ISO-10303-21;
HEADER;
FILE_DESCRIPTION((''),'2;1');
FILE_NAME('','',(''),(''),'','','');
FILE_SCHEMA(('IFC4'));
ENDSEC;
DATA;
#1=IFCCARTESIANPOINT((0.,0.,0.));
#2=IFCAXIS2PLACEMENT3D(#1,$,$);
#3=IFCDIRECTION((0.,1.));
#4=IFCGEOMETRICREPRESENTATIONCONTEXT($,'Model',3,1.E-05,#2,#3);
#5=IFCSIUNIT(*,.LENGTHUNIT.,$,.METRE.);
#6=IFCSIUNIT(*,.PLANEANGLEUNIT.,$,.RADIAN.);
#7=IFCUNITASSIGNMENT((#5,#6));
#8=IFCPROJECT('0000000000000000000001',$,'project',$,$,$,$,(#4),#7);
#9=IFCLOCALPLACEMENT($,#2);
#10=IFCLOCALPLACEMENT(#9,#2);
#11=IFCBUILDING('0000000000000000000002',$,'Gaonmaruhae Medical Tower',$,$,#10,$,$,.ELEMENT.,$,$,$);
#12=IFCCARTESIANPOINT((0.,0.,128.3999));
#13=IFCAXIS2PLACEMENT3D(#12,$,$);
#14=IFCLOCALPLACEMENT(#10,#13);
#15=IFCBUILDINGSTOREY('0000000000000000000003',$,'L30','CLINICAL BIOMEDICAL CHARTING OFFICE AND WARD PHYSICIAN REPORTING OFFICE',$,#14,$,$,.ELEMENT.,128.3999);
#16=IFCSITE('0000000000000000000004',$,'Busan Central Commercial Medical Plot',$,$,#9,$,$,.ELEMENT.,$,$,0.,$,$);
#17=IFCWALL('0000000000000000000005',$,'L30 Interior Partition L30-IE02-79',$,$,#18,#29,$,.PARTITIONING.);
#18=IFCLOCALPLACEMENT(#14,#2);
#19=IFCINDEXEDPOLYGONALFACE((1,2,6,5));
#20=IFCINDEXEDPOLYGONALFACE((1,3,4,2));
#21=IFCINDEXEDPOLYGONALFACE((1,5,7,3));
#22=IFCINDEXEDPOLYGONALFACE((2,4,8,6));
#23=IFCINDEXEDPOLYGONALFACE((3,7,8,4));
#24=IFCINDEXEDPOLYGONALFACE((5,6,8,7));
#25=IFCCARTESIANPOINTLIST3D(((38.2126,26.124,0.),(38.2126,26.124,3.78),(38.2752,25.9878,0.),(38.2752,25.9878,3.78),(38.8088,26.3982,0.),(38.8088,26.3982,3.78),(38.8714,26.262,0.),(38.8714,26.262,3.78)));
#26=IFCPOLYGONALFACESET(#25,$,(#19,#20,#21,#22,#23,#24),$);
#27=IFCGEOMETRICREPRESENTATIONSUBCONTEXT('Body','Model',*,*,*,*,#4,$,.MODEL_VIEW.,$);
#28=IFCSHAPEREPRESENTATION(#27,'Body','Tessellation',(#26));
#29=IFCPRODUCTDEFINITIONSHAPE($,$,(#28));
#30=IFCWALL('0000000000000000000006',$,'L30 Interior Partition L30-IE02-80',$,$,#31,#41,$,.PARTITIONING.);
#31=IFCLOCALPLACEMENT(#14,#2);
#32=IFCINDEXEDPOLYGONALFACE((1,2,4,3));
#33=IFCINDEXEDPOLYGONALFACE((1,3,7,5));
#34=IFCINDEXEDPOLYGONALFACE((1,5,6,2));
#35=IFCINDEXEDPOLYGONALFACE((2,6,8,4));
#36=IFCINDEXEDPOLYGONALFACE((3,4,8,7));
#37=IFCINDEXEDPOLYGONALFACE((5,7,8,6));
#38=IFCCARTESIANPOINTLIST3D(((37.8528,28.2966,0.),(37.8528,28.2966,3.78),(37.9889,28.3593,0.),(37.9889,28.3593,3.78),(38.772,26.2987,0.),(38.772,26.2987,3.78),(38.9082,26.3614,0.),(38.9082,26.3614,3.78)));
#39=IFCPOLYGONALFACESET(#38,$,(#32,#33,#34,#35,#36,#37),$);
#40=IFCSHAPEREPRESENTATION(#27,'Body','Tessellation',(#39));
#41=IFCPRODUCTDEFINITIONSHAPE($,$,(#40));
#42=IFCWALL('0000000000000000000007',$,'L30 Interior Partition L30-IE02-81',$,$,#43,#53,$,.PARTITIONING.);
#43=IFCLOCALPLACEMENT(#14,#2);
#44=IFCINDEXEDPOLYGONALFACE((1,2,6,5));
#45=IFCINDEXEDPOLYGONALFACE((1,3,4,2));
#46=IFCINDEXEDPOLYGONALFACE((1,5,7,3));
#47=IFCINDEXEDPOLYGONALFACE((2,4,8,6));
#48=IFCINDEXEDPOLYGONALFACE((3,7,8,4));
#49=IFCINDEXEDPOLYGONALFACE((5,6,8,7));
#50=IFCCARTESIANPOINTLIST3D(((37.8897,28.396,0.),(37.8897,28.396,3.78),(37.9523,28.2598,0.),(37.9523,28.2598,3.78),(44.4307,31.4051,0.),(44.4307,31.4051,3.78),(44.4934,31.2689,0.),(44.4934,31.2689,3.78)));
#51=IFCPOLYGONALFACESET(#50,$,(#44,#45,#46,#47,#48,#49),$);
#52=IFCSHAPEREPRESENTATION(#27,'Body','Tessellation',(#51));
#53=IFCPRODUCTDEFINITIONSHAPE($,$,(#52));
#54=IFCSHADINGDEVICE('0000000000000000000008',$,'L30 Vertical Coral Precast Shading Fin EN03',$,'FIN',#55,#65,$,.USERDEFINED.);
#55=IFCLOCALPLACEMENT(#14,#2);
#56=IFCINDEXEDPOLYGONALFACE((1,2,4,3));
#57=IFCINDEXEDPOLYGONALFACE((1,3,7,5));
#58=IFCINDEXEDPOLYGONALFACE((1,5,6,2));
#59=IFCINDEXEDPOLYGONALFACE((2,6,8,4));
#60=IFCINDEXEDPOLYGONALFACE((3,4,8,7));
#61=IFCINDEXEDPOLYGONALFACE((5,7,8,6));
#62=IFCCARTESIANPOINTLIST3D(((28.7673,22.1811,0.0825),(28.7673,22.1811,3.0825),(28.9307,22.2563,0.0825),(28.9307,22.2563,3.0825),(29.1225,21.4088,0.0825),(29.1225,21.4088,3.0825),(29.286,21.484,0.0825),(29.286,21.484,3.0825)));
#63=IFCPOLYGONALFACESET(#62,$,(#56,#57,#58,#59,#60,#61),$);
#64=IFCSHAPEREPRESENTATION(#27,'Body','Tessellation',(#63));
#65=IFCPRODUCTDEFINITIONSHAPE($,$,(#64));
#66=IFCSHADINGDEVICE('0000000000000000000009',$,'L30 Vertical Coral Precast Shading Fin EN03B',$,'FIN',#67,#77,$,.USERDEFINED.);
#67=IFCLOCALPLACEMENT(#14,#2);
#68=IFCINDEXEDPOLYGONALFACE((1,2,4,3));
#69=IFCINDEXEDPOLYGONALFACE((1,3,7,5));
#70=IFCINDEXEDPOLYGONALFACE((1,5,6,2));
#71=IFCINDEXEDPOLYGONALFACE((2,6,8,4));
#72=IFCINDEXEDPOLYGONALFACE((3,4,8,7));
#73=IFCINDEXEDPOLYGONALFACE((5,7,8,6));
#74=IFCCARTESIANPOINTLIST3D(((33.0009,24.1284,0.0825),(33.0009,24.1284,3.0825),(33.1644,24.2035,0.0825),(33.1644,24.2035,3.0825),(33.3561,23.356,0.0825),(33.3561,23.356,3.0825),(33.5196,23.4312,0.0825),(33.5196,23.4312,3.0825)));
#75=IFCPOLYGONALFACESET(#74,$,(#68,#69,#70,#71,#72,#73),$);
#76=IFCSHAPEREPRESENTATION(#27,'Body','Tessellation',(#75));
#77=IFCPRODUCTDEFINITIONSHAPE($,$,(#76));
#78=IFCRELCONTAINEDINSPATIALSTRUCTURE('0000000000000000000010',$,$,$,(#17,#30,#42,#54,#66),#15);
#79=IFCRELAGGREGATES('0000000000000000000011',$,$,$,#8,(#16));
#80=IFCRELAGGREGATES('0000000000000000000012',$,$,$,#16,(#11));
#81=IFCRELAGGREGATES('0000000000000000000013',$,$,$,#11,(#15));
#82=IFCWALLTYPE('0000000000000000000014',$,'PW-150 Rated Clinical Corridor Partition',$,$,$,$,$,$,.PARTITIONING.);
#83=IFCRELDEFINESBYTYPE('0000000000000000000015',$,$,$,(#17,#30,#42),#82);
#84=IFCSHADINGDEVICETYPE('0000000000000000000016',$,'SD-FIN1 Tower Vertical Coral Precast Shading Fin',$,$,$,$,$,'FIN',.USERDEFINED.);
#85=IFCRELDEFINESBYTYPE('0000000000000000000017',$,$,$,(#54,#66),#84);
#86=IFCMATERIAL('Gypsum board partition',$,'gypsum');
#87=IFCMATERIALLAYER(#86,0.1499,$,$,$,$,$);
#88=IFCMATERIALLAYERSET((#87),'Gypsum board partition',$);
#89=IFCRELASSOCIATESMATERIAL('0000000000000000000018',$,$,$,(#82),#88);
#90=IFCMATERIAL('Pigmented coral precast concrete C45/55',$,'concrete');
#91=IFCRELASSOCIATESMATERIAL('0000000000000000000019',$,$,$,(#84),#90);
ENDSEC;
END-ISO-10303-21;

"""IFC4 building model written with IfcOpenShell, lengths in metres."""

from ifc_helpers import new_model, si_unit, direction, frame, frame_2d, origin, origin_2d, place, context, subcontext, project, spatial, rectangle, extrude, material, layer, layer_set, type_object, element, save


model = new_model("IFC4")

# Units and contexts
model_context = context("Model", 3, precision=1e-05, world=origin(), true_north=direction((0.0, 1.0)))
body_context = subcontext(model_context, "Body", "Model", "MODEL_VIEW")
ifc_project = project(units=[si_unit("LENGTHUNIT", "METRE"), si_unit("PLANEANGLEUNIT", "RADIAN")], contexts=[model_context])

# Site, building, storey
site_placement = place(None, origin())
site = spatial("IfcSite", under=ifc_project, at=site_placement, Name="Busan Central Commercial Medical Plot", CompositionType="ELEMENT", RefElevation=0.0)
building_placement = place(site_placement, origin())
building = spatial("IfcBuilding", under=site, at=building_placement, Name="Gaonmaruhae Medical Tower", CompositionType="ELEMENT")
storey_placement = place(building_placement, frame((0.0, 0.0, 128.3999)))
storey = spatial("IfcBuildingStorey", under=building, at=storey_placement, Name="L30", Description="CLINICAL BIOMEDICAL CHARTING OFFICE AND WARD PHYSICIAN REPORTING OFFICE", CompositionType="ELEMENT", Elevation=128.3999)

# Shared definitions
ifc_material_1 = material(Name="Gypsum board partition", Category="gypsum")
ifc_layer_1 = layer(ifc_material_1, 0.1499)
ifc_layer_set_1 = layer_set([ifc_layer_1], Name="Gypsum board partition")
wall_type_1 = type_object("IfcWallType", Name="PW-150 Rated Clinical Corridor Partition", PredefinedType="PARTITIONING", material=ifc_layer_set_1)

# Walls
wall_1_placement = place(storey_placement, frame((38.2439, 26.0559, 0.0), z_axis=(0.0, 0.0, 1.0), x_axis=(0.908536, 0.417807, 0.0)))
element("IfcWall", 1, at=wall_1_placement, inside=storey, type_object=wall_type_1, Name="L30 Interior Partition L30-IE02-79", PredefinedType="PARTITIONING", context=body_context, shape_type="SweptSolid", body=[
    extrude(rectangle(XDim=0.6562, YDim=0.1499, at=frame_2d((0.3281, 0.0))), origin(), (0.0, 0.0, 1.0), 3.78),
])
wall_2_placement = place(storey_placement, frame((38.8401, 26.3301, 0.0), z_axis=(0.0, 0.0, 1.0), x_axis=(-0.417981, 0.908456, 0.0)))
element("IfcWall", 2, at=wall_2_placement, inside=storey, type_object=wall_type_1, Name="L30 Interior Partition L30-IE02-80", PredefinedType="PARTITIONING", context=body_context, shape_type="SweptSolid", body=[
    extrude(rectangle(XDim=2.1992, YDim=0.1499, at=frame_2d((1.0996, 0.0))), origin(), (0.0, 0.0, 1.0), 3.78),
])
wall_3_placement = place(storey_placement, frame((37.9209, 28.3279, 0.0), z_axis=(0.0, 0.0, 1.0), x_axis=(0.908482, 0.417925, 0.0)))
element("IfcWall", 3, at=wall_3_placement, inside=storey, type_object=wall_type_1, Name="L30 Interior Partition L30-IE02-81", PredefinedType="PARTITIONING", context=body_context, shape_type="SweptSolid", body=[
    extrude(rectangle(XDim=7.2, YDim=0.1499, at=frame_2d((3.6001, 0.0))), origin(), (0.0, 0.0, 1.0), 3.78),
])

# Shading devices
ifc_material_2 = material(Name="Pigmented coral precast concrete C45/55", Category="concrete")
shading_device_type = type_object("IfcShadingDeviceType", Name="SD-FIN1 Tower Vertical Coral Precast Shading Fin", ElementType="FIN", PredefinedType="USERDEFINED", material=ifc_material_2)
for number, where, z_axis, x_axis, name in (
    (4, (29.0266, 21.8325, 0.0825), (0.0, 0.0, 1.0), (0.908508, 0.417867, 0.0), "L30 Vertical Coral Precast Shading Fin EN03"),
    (5, (33.2603, 23.7798, 0.0825), (0.0, 0.0, 1.0), (0.908508, 0.417867, 0.0), "L30 Vertical Coral Precast Shading Fin EN03B"),
):
    element("IfcShadingDevice", number, at=place(storey_placement, frame(where, z_axis=z_axis, x_axis=x_axis)), inside=storey, type_object=shading_device_type, Name=name, ObjectType="FIN", PredefinedType="USERDEFINED", context=body_context, shape_type="SweptSolid", body=[
        extrude(rectangle(XDim=0.1799, YDim=0.8501, at=origin_2d()), origin(), (0.0, 0.0, 1.0), 3.0),
    ])

save(model, "model.ifc")
